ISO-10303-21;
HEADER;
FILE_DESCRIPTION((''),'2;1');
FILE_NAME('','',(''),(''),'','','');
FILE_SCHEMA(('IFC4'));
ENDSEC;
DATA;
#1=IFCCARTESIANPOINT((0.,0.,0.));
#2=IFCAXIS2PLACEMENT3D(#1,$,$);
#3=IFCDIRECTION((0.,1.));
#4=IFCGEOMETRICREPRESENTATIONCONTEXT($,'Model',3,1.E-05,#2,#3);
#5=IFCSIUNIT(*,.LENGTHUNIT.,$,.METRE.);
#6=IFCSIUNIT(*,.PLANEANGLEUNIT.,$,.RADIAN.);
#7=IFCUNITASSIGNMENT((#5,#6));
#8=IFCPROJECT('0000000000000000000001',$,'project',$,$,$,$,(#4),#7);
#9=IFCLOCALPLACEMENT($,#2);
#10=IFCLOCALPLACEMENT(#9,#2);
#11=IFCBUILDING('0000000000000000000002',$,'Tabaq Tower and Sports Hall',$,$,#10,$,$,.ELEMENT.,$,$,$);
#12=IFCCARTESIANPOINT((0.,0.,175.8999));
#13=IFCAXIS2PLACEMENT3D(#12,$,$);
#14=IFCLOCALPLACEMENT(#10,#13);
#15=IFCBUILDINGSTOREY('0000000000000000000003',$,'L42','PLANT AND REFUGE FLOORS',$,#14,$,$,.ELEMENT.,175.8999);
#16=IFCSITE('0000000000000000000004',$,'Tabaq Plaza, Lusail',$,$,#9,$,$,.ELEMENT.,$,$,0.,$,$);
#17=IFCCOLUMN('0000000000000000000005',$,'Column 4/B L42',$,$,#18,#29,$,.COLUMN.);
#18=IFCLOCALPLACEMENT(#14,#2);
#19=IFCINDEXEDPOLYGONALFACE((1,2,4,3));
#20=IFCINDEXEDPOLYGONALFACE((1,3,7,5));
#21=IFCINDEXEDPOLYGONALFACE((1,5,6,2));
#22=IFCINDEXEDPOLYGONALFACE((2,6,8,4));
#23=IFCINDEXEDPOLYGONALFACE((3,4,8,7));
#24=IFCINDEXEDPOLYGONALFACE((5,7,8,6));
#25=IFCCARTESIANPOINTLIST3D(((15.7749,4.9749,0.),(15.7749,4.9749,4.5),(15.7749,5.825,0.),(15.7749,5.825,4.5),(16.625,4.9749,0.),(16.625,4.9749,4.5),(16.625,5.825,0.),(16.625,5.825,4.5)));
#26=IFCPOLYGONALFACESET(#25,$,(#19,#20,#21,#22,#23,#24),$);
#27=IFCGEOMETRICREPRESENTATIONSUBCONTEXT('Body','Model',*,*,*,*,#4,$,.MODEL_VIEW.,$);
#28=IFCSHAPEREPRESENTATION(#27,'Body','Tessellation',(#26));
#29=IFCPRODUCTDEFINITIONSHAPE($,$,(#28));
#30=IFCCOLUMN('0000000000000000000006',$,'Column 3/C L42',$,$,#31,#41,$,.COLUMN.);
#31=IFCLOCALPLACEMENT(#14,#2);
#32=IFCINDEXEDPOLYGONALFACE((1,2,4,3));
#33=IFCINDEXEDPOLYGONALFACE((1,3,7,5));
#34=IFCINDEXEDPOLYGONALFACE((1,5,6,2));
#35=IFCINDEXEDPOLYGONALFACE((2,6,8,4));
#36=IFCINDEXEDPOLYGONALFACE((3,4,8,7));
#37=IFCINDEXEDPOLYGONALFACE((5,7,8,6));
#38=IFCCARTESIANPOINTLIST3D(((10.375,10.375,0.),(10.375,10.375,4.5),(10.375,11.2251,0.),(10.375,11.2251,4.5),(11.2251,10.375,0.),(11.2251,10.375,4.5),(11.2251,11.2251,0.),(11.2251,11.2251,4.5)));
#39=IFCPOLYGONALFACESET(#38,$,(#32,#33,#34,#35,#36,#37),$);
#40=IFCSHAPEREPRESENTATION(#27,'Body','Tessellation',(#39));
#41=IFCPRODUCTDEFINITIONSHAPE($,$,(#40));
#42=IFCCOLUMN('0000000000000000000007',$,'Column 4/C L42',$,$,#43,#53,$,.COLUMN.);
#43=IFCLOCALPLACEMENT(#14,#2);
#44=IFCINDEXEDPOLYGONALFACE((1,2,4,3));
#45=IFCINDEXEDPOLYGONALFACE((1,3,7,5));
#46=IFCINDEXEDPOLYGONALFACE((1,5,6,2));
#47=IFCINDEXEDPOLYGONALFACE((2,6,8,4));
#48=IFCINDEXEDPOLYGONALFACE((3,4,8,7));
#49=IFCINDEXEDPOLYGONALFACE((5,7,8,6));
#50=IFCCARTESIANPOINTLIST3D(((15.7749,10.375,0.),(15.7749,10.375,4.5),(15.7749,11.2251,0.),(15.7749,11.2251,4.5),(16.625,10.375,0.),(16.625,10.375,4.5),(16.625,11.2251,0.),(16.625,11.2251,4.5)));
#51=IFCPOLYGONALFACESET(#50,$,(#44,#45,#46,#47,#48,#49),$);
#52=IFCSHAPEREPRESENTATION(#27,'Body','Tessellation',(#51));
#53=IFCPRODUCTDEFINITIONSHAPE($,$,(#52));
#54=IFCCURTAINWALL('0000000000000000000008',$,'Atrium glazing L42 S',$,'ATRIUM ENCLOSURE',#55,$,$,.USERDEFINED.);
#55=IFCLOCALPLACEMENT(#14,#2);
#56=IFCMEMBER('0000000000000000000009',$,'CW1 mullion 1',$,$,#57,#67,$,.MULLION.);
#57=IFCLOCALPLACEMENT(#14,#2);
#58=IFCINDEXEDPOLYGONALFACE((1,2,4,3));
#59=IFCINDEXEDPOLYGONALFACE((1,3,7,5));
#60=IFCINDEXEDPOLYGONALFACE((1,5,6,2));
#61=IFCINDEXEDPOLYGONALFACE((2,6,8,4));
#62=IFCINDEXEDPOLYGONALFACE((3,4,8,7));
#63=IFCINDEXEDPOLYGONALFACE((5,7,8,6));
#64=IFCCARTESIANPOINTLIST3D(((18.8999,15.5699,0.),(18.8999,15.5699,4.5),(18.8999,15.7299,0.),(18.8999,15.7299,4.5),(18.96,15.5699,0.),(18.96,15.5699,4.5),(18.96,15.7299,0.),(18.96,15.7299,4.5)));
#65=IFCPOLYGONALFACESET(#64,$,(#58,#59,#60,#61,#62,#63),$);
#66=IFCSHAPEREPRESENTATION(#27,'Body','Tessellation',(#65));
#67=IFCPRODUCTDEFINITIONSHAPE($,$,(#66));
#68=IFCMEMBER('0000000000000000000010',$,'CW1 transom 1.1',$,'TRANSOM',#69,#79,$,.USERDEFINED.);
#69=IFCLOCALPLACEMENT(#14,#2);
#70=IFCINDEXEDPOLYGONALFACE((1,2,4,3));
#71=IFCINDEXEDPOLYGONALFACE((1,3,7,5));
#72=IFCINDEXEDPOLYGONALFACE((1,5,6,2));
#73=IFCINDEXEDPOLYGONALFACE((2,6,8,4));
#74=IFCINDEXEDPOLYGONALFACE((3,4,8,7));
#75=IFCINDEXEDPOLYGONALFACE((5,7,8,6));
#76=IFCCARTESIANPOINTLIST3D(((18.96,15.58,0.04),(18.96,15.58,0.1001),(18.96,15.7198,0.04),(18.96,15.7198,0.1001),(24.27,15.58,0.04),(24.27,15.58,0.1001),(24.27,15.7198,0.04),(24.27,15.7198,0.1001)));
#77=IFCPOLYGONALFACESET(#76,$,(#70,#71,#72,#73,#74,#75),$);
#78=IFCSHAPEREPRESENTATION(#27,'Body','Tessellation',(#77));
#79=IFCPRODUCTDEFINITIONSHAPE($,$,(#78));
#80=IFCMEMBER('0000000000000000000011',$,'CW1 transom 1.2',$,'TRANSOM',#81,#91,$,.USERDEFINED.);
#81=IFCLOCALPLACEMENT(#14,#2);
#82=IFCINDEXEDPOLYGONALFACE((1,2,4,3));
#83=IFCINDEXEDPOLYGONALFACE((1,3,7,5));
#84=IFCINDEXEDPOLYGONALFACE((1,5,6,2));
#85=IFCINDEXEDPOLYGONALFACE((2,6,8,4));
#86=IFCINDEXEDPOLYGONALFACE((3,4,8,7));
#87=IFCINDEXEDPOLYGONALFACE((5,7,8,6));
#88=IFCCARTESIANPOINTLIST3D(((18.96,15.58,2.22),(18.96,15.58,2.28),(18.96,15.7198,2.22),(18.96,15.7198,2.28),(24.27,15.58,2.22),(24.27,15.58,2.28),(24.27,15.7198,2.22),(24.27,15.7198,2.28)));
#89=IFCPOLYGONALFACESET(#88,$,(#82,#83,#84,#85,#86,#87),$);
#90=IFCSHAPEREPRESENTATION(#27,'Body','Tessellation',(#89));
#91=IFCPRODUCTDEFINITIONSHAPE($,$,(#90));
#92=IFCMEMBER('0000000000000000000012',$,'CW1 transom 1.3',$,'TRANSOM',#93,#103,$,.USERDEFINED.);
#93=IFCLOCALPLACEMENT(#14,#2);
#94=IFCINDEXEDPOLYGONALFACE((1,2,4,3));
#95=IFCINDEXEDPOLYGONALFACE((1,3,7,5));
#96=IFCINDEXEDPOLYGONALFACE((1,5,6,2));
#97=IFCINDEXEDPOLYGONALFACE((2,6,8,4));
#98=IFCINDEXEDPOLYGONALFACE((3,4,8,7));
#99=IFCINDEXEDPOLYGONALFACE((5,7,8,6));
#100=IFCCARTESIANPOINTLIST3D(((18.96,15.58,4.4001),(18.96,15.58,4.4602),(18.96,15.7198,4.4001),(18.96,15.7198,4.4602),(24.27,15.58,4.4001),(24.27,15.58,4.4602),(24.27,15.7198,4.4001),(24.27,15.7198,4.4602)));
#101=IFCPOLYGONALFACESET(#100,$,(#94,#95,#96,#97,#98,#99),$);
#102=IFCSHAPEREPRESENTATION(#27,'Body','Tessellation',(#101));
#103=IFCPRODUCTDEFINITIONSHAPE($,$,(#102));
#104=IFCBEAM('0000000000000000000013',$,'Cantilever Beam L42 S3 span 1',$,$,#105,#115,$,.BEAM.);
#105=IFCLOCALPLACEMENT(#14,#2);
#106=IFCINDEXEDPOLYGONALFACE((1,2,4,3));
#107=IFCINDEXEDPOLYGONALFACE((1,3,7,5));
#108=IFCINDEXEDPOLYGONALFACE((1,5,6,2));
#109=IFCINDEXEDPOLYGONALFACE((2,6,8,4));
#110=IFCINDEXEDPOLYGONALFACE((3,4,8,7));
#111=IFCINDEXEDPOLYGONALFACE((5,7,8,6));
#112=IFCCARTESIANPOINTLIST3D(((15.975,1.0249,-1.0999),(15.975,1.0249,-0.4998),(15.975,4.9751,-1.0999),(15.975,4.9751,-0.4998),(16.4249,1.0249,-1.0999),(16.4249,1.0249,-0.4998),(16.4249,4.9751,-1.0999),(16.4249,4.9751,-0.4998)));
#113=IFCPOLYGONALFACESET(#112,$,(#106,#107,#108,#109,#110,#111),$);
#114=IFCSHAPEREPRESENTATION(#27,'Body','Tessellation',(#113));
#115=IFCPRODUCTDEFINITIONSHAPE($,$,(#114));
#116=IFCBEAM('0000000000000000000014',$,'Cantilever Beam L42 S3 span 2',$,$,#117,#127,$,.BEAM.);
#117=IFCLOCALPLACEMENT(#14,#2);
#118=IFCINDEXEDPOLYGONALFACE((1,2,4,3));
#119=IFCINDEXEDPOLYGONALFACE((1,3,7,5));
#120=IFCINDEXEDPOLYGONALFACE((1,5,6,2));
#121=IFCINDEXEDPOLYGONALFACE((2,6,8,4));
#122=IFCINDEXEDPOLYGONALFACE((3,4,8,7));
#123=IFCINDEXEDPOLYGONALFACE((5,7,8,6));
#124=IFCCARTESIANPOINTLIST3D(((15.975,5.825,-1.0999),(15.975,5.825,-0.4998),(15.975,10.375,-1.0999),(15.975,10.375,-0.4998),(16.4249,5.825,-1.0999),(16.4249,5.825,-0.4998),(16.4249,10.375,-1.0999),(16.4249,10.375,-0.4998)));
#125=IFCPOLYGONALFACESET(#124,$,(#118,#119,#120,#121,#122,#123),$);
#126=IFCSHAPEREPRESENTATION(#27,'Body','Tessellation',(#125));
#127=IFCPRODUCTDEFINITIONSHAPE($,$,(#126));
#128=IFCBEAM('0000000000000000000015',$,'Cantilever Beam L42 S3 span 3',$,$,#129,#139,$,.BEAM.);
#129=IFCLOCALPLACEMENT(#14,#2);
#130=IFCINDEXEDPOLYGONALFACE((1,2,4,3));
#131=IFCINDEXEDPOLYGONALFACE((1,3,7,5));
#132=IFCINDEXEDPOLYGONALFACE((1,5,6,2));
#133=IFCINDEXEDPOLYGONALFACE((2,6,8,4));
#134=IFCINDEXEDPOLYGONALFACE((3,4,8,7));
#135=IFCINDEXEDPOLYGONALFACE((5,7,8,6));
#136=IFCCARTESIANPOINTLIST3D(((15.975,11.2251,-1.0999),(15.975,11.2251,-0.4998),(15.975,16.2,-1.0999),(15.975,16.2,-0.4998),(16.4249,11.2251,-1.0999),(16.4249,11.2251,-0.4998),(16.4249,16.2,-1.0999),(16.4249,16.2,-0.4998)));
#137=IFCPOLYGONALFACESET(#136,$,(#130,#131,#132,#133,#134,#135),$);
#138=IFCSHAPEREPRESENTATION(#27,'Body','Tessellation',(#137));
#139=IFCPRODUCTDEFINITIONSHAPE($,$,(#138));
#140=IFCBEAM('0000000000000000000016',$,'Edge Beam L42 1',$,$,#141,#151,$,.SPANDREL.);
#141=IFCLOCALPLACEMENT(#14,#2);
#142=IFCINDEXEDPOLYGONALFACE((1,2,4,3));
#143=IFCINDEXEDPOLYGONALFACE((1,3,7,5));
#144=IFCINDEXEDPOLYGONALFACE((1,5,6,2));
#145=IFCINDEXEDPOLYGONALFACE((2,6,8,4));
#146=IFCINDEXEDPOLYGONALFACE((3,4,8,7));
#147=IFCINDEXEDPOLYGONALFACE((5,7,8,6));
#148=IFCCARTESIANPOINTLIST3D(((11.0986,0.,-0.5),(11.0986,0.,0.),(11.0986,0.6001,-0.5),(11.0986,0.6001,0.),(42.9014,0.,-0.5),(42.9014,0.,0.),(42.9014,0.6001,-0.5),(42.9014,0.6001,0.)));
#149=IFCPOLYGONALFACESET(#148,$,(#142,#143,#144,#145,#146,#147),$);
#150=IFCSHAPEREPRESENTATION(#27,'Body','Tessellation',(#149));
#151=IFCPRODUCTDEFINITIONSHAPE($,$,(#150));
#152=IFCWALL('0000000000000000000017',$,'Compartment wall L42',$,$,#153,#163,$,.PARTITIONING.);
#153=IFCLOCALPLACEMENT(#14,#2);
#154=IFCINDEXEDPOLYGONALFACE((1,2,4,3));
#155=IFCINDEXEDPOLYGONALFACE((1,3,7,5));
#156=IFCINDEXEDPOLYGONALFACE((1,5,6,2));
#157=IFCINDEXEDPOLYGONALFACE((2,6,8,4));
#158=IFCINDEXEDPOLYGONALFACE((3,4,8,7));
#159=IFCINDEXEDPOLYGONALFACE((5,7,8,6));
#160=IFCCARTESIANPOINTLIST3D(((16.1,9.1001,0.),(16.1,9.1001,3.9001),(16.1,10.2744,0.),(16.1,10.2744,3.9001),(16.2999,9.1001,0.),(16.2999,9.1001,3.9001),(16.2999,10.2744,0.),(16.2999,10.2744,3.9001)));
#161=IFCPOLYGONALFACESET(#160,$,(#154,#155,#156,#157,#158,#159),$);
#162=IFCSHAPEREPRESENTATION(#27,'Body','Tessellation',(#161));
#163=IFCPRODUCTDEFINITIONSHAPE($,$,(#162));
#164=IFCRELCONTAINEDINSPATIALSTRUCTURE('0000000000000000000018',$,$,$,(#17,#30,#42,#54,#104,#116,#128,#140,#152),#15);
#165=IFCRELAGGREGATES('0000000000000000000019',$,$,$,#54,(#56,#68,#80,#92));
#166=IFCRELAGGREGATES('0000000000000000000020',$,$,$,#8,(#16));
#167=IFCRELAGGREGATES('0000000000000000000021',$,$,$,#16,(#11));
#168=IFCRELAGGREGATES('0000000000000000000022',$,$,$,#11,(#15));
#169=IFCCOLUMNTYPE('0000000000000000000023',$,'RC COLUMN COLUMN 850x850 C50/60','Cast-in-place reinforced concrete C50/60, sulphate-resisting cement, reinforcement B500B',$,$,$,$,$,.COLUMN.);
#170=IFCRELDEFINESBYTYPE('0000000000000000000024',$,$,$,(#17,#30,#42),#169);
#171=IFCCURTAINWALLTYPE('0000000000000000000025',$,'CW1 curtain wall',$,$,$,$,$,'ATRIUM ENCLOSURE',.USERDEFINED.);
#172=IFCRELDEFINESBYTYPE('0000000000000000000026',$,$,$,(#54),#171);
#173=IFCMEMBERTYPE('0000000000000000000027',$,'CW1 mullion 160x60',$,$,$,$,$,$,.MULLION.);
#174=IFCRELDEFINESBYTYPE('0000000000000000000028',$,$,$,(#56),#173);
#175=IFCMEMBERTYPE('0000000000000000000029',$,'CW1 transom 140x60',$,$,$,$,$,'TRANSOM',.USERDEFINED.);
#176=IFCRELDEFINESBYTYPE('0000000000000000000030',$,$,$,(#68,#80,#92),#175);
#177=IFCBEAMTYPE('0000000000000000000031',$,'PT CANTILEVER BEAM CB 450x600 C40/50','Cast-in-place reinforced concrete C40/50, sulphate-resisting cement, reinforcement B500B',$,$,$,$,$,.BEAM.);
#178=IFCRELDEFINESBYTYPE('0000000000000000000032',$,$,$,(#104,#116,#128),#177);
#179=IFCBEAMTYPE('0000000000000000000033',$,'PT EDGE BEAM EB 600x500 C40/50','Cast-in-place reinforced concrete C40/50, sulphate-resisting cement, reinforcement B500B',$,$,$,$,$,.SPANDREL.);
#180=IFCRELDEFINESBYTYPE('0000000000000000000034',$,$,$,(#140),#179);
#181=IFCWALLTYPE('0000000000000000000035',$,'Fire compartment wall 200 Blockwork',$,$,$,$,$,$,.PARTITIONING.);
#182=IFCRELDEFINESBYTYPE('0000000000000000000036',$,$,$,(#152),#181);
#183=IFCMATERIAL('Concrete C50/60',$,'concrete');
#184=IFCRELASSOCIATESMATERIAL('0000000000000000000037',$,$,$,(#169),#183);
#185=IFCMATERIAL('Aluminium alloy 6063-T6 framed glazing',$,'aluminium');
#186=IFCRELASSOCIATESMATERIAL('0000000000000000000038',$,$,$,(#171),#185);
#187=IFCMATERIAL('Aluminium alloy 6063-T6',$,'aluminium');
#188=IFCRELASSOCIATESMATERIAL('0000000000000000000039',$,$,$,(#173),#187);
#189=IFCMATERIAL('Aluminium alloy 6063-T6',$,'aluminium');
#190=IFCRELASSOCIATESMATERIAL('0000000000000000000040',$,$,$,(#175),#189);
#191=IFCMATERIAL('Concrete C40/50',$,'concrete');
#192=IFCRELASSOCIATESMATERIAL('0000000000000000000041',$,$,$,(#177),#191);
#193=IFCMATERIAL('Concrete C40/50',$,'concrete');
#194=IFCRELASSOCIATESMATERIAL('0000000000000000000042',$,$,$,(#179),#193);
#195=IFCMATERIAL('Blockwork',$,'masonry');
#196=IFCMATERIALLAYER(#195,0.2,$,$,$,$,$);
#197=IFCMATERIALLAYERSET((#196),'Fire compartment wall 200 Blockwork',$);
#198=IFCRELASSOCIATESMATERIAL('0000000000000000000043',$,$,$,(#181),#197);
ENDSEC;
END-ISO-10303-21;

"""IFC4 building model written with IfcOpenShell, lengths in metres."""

from ifc_helpers import new_model, si_unit, direction, frame, frame_2d, origin, origin_2d, place, context, subcontext, project, spatial, rectangle, extrude, material, layer, layer_set, material_profile, profile_set, type_object, element, aggregate, save


model = new_model("IFC4")

# Units and contexts
model_context = context("Model", 3, precision=1e-05, world=origin(), true_north=direction((0.0, 1.0)))
body_context = subcontext(model_context, "Body", "Model", "MODEL_VIEW")
ifc_project = project(units=[si_unit("LENGTHUNIT", "METRE"), si_unit("PLANEANGLEUNIT", "RADIAN")], contexts=[model_context])

# Site, building, storey
site_placement = place(None, origin())
site = spatial("IfcSite", under=ifc_project, at=site_placement, Name="Tabaq Plaza, Lusail", CompositionType="ELEMENT", RefElevation=0.0)
building_placement = place(site_placement, origin())
building = spatial("IfcBuilding", under=site, at=building_placement, Name="Tabaq Tower and Sports Hall", CompositionType="ELEMENT")
storey_placement = place(building_placement, frame((0.0, 0.0, 175.8999)))
storey = spatial("IfcBuildingStorey", under=building, at=storey_placement, Name="L42", Description="PLANT AND REFUGE FLOORS", CompositionType="ELEMENT", Elevation=175.8999)

# Columns
ifc_material_1 = material(Name="Concrete C50/60", Category="concrete")
ifc_material_profile_1 = material_profile(ifc_material_1, rectangle(XDim=0.8501, YDim=0.8501, at=origin_2d()), Name="COLUMN 850x850")
ifc_profile_set_1 = profile_set([ifc_material_profile_1], Name="Concrete C50/60")
column_type = type_object("IfcColumnType", Name="RC COLUMN COLUMN 850x850 C50/60", Description="Cast-in-place reinforced concrete C50/60, sulphate-resisting cement, reinforcement B500B", PredefinedType="COLUMN", material=ifc_profile_set_1)
for number, where, z_axis, x_axis, name in (
    (1, (16.2, 5.3999, 0.0), (0.0, 0.0, 1.0), (1.0, 0.0, 0.0), "Column 4/B L42"),
    (2, (10.8, 10.8, 0.0), (0.0, 0.0, 1.0), (1.0, 0.0, 0.0), "Column 3/C L42"),
    (3, (16.2, 10.8, 0.0), (0.0, 0.0, 1.0), (1.0, 0.0, 0.0), "Column 4/C L42"),
):
    element("IfcColumn", number, at=place(storey_placement, frame(where, z_axis=z_axis, x_axis=x_axis)), inside=storey, type_object=column_type, Name=name, PredefinedType="COLUMN", context=body_context, shape_type="SweptSolid", body=[
        extrude(rectangle(XDim=0.8501, YDim=0.8501, at=origin_2d()), origin(), (0.0, 0.0, 1.0), 4.5),
    ])

# Curtain wall, members
ifc_material_2 = material(Name="Aluminium alloy 6063-T6 framed glazing", Category="aluminium")
curtain_wall_type = type_object("IfcCurtainWallType", Name="CW1 curtain wall", ElementType="ATRIUM ENCLOSURE", PredefinedType="USERDEFINED", material=ifc_material_2)
curtain_wall_placement = place(storey_placement, origin())
curtain_wall = element("IfcCurtainWall", 4, at=curtain_wall_placement, inside=storey, type_object=curtain_wall_type, Name="Atrium glazing L42 S", ObjectType="ATRIUM ENCLOSURE", PredefinedType="USERDEFINED")
ifc_material_3 = material(Name="Aluminium alloy 6063-T6", Category="aluminium")
ifc_material_profile_2 = material_profile(ifc_material_3, rectangle(XDim=0.1599, YDim=0.0601, at=origin_2d()), Name="MULLION 160x60")
ifc_profile_set_2 = profile_set([ifc_material_profile_2], Name="Aluminium alloy 6063-T6")
member_type_1 = type_object("IfcMemberType", Name="CW1 mullion 160x60", PredefinedType="MULLION", material=ifc_profile_set_2)
member_1_placement = place(storey_placement, frame((18.9299, 15.6499, 0.0), z_axis=(0.0, 0.0, 1.0), x_axis=(0.0, 1.0, 0.0)))
member_1 = element("IfcMember", 5, at=member_1_placement, type_object=member_type_1, Name="CW1 mullion 1", PredefinedType="MULLION", context=body_context, shape_type="SweptSolid", body=[
    extrude(rectangle(XDim=0.1599, YDim=0.0601, at=origin_2d()), origin(), (0.0, 0.0, 1.0), 4.5),
])
ifc_material_4 = material(Name="Aluminium alloy 6063-T6", Category="aluminium")
ifc_material_profile_3 = material_profile(ifc_material_4, rectangle(XDim=0.1399, YDim=0.0601, at=origin_2d()), Name="TRANSOM 140x60")
ifc_profile_set_3 = profile_set([ifc_material_profile_3], Name="Aluminium alloy 6063-T6")
member_type_2 = type_object("IfcMemberType", Name="CW1 transom 140x60", ElementType="TRANSOM", PredefinedType="USERDEFINED", material=ifc_profile_set_3)
member_2_placement = place(storey_placement, frame((18.96, 15.6499, 0.0701), z_axis=(1.0, 0.0, 0.0), x_axis=(0.0, 1.0, 0.0)))
member_2 = element("IfcMember", 6, at=member_2_placement, type_object=member_type_2, Name="CW1 transom 1.1", ObjectType="TRANSOM", PredefinedType="USERDEFINED", context=body_context, shape_type="SweptSolid", body=[
    extrude(rectangle(XDim=0.1399, YDim=0.0601, at=origin_2d()), origin(), (0.0, 0.0, 1.0), 5.3101),
])
member_3_placement = place(storey_placement, frame((18.96, 15.6499, 2.25), z_axis=(1.0, 0.0, 0.0), x_axis=(0.0, 1.0, 0.0)))
member_3 = element("IfcMember", 7, at=member_3_placement, type_object=member_type_2, Name="CW1 transom 1.2", ObjectType="TRANSOM", PredefinedType="USERDEFINED", context=body_context, shape_type="SweptSolid", body=[
    extrude(rectangle(XDim=0.1399, YDim=0.0601, at=origin_2d()), origin(), (0.0, 0.0, 1.0), 5.3101),
])
member_4_placement = place(storey_placement, frame((18.96, 15.6499, 4.4302), z_axis=(1.0, 0.0, 0.0), x_axis=(0.0, 1.0, 0.0)))
member_4 = element("IfcMember", 8, at=member_4_placement, type_object=member_type_2, Name="CW1 transom 1.3", ObjectType="TRANSOM", PredefinedType="USERDEFINED", context=body_context, shape_type="SweptSolid", body=[
    extrude(rectangle(XDim=0.1399, YDim=0.0601, at=origin_2d()), origin(), (0.0, 0.0, 1.0), 5.3101),
])
aggregate(curtain_wall, [member_1, member_2, member_3, member_4])

# Beams
ifc_material_5 = material(Name="Concrete C40/50", Category="concrete")
ifc_material_profile_4 = material_profile(ifc_material_5, rectangle(XDim=0.45, YDim=0.6001, at=origin_2d()), Name="CB 450x600")
ifc_profile_set_4 = profile_set([ifc_material_profile_4], Name="Concrete C40/50")
beam_type_1 = type_object("IfcBeamType", Name="PT CANTILEVER BEAM CB 450x600 C40/50", Description="Cast-in-place reinforced concrete C40/50, sulphate-resisting cement, reinforcement B500B", PredefinedType="BEAM", material=ifc_profile_set_4)
beam_1_placement = place(storey_placement, frame((16.2, 1.0249, -0.7998), z_axis=(0.0, 1.0, 0.0), x_axis=(-1.0, 0.0, 0.0)))
element("IfcBeam", 9, at=beam_1_placement, inside=storey, type_object=beam_type_1, Name="Cantilever Beam L42 S3 span 1", PredefinedType="BEAM", context=body_context, shape_type="SweptSolid", body=[
    extrude(rectangle(XDim=0.45, YDim=0.6001, at=origin_2d()), origin(), (0.0, 0.0, 1.0), 3.9502),
])
beam_2_placement = place(storey_placement, frame((16.2, 5.825, -0.7998), z_axis=(0.0, 1.0, 0.0), x_axis=(-1.0, 0.0, 0.0)))
element("IfcBeam", 10, at=beam_2_placement, inside=storey, type_object=beam_type_1, Name="Cantilever Beam L42 S3 span 2", PredefinedType="BEAM", context=body_context, shape_type="SweptSolid", body=[
    extrude(rectangle(XDim=0.45, YDim=0.6001, at=origin_2d()), origin(), (0.0, 0.0, 1.0), 4.55),
])
beam_3_placement = place(storey_placement, frame((16.2, 11.2251, -0.7998), z_axis=(0.0, 1.0, 0.0), x_axis=(-1.0, 0.0, 0.0)))
element("IfcBeam", 11, at=beam_3_placement, inside=storey, type_object=beam_type_1, Name="Cantilever Beam L42 S3 span 3", PredefinedType="BEAM", context=body_context, shape_type="SweptSolid", body=[
    extrude(rectangle(XDim=0.45, YDim=0.6001, at=origin_2d()), origin(), (0.0, 0.0, 1.0), 4.9749),
])
ifc_material_6 = material(Name="Concrete C40/50", Category="concrete")
ifc_material_profile_5 = material_profile(ifc_material_6, rectangle(XDim=0.6001, YDim=0.5, at=origin_2d()), Name="EB 600x500")
ifc_profile_set_5 = profile_set([ifc_material_profile_5], Name="Concrete C40/50")
beam_type_2 = type_object("IfcBeamType", Name="PT EDGE BEAM EB 600x500 C40/50", Description="Cast-in-place reinforced concrete C40/50, sulphate-resisting cement, reinforcement B500B", PredefinedType="SPANDREL", material=ifc_profile_set_5)
beam_4_placement = place(storey_placement, frame((11.0986, 0.3, -0.25), z_axis=(1.0, 0.0, 0.0), x_axis=(0.0, 1.0, 0.0)))
element("IfcBeam", 12, at=beam_4_placement, inside=storey, type_object=beam_type_2, Name="Edge Beam L42 1", PredefinedType="SPANDREL", context=body_context, shape_type="SweptSolid", body=[
    extrude(rectangle(XDim=0.6001, YDim=0.5, at=origin_2d()), origin(), (0.0, 0.0, 1.0), 31.8027),
])

# Shared definitions
ifc_material_7 = material(Name="Blockwork", Category="masonry")
ifc_layer_1 = layer(ifc_material_7, 0.2)
ifc_layer_set_1 = layer_set([ifc_layer_1], Name="Fire compartment wall 200 Blockwork")
wall_type_1 = type_object("IfcWallType", Name="Fire compartment wall 200 Blockwork", PredefinedType="PARTITIONING", material=ifc_layer_set_1)

# Wall
wall_1_placement = place(storey_placement, frame((16.2, 9.1001, 0.0), z_axis=(0.0, 0.0, 1.0), x_axis=(0.0, 1.0, 0.0)))
element("IfcWall", 13, at=wall_1_placement, inside=storey, type_object=wall_type_1, Name="Compartment wall L42", PredefinedType="PARTITIONING", context=body_context, shape_type="SweptSolid", body=[
    extrude(rectangle(XDim=1.1743, YDim=0.2, at=frame_2d((0.5872, 0.0))), origin(), (0.0, 0.0, 1.0), 3.9001),
])

save(model, "model.ifc")
